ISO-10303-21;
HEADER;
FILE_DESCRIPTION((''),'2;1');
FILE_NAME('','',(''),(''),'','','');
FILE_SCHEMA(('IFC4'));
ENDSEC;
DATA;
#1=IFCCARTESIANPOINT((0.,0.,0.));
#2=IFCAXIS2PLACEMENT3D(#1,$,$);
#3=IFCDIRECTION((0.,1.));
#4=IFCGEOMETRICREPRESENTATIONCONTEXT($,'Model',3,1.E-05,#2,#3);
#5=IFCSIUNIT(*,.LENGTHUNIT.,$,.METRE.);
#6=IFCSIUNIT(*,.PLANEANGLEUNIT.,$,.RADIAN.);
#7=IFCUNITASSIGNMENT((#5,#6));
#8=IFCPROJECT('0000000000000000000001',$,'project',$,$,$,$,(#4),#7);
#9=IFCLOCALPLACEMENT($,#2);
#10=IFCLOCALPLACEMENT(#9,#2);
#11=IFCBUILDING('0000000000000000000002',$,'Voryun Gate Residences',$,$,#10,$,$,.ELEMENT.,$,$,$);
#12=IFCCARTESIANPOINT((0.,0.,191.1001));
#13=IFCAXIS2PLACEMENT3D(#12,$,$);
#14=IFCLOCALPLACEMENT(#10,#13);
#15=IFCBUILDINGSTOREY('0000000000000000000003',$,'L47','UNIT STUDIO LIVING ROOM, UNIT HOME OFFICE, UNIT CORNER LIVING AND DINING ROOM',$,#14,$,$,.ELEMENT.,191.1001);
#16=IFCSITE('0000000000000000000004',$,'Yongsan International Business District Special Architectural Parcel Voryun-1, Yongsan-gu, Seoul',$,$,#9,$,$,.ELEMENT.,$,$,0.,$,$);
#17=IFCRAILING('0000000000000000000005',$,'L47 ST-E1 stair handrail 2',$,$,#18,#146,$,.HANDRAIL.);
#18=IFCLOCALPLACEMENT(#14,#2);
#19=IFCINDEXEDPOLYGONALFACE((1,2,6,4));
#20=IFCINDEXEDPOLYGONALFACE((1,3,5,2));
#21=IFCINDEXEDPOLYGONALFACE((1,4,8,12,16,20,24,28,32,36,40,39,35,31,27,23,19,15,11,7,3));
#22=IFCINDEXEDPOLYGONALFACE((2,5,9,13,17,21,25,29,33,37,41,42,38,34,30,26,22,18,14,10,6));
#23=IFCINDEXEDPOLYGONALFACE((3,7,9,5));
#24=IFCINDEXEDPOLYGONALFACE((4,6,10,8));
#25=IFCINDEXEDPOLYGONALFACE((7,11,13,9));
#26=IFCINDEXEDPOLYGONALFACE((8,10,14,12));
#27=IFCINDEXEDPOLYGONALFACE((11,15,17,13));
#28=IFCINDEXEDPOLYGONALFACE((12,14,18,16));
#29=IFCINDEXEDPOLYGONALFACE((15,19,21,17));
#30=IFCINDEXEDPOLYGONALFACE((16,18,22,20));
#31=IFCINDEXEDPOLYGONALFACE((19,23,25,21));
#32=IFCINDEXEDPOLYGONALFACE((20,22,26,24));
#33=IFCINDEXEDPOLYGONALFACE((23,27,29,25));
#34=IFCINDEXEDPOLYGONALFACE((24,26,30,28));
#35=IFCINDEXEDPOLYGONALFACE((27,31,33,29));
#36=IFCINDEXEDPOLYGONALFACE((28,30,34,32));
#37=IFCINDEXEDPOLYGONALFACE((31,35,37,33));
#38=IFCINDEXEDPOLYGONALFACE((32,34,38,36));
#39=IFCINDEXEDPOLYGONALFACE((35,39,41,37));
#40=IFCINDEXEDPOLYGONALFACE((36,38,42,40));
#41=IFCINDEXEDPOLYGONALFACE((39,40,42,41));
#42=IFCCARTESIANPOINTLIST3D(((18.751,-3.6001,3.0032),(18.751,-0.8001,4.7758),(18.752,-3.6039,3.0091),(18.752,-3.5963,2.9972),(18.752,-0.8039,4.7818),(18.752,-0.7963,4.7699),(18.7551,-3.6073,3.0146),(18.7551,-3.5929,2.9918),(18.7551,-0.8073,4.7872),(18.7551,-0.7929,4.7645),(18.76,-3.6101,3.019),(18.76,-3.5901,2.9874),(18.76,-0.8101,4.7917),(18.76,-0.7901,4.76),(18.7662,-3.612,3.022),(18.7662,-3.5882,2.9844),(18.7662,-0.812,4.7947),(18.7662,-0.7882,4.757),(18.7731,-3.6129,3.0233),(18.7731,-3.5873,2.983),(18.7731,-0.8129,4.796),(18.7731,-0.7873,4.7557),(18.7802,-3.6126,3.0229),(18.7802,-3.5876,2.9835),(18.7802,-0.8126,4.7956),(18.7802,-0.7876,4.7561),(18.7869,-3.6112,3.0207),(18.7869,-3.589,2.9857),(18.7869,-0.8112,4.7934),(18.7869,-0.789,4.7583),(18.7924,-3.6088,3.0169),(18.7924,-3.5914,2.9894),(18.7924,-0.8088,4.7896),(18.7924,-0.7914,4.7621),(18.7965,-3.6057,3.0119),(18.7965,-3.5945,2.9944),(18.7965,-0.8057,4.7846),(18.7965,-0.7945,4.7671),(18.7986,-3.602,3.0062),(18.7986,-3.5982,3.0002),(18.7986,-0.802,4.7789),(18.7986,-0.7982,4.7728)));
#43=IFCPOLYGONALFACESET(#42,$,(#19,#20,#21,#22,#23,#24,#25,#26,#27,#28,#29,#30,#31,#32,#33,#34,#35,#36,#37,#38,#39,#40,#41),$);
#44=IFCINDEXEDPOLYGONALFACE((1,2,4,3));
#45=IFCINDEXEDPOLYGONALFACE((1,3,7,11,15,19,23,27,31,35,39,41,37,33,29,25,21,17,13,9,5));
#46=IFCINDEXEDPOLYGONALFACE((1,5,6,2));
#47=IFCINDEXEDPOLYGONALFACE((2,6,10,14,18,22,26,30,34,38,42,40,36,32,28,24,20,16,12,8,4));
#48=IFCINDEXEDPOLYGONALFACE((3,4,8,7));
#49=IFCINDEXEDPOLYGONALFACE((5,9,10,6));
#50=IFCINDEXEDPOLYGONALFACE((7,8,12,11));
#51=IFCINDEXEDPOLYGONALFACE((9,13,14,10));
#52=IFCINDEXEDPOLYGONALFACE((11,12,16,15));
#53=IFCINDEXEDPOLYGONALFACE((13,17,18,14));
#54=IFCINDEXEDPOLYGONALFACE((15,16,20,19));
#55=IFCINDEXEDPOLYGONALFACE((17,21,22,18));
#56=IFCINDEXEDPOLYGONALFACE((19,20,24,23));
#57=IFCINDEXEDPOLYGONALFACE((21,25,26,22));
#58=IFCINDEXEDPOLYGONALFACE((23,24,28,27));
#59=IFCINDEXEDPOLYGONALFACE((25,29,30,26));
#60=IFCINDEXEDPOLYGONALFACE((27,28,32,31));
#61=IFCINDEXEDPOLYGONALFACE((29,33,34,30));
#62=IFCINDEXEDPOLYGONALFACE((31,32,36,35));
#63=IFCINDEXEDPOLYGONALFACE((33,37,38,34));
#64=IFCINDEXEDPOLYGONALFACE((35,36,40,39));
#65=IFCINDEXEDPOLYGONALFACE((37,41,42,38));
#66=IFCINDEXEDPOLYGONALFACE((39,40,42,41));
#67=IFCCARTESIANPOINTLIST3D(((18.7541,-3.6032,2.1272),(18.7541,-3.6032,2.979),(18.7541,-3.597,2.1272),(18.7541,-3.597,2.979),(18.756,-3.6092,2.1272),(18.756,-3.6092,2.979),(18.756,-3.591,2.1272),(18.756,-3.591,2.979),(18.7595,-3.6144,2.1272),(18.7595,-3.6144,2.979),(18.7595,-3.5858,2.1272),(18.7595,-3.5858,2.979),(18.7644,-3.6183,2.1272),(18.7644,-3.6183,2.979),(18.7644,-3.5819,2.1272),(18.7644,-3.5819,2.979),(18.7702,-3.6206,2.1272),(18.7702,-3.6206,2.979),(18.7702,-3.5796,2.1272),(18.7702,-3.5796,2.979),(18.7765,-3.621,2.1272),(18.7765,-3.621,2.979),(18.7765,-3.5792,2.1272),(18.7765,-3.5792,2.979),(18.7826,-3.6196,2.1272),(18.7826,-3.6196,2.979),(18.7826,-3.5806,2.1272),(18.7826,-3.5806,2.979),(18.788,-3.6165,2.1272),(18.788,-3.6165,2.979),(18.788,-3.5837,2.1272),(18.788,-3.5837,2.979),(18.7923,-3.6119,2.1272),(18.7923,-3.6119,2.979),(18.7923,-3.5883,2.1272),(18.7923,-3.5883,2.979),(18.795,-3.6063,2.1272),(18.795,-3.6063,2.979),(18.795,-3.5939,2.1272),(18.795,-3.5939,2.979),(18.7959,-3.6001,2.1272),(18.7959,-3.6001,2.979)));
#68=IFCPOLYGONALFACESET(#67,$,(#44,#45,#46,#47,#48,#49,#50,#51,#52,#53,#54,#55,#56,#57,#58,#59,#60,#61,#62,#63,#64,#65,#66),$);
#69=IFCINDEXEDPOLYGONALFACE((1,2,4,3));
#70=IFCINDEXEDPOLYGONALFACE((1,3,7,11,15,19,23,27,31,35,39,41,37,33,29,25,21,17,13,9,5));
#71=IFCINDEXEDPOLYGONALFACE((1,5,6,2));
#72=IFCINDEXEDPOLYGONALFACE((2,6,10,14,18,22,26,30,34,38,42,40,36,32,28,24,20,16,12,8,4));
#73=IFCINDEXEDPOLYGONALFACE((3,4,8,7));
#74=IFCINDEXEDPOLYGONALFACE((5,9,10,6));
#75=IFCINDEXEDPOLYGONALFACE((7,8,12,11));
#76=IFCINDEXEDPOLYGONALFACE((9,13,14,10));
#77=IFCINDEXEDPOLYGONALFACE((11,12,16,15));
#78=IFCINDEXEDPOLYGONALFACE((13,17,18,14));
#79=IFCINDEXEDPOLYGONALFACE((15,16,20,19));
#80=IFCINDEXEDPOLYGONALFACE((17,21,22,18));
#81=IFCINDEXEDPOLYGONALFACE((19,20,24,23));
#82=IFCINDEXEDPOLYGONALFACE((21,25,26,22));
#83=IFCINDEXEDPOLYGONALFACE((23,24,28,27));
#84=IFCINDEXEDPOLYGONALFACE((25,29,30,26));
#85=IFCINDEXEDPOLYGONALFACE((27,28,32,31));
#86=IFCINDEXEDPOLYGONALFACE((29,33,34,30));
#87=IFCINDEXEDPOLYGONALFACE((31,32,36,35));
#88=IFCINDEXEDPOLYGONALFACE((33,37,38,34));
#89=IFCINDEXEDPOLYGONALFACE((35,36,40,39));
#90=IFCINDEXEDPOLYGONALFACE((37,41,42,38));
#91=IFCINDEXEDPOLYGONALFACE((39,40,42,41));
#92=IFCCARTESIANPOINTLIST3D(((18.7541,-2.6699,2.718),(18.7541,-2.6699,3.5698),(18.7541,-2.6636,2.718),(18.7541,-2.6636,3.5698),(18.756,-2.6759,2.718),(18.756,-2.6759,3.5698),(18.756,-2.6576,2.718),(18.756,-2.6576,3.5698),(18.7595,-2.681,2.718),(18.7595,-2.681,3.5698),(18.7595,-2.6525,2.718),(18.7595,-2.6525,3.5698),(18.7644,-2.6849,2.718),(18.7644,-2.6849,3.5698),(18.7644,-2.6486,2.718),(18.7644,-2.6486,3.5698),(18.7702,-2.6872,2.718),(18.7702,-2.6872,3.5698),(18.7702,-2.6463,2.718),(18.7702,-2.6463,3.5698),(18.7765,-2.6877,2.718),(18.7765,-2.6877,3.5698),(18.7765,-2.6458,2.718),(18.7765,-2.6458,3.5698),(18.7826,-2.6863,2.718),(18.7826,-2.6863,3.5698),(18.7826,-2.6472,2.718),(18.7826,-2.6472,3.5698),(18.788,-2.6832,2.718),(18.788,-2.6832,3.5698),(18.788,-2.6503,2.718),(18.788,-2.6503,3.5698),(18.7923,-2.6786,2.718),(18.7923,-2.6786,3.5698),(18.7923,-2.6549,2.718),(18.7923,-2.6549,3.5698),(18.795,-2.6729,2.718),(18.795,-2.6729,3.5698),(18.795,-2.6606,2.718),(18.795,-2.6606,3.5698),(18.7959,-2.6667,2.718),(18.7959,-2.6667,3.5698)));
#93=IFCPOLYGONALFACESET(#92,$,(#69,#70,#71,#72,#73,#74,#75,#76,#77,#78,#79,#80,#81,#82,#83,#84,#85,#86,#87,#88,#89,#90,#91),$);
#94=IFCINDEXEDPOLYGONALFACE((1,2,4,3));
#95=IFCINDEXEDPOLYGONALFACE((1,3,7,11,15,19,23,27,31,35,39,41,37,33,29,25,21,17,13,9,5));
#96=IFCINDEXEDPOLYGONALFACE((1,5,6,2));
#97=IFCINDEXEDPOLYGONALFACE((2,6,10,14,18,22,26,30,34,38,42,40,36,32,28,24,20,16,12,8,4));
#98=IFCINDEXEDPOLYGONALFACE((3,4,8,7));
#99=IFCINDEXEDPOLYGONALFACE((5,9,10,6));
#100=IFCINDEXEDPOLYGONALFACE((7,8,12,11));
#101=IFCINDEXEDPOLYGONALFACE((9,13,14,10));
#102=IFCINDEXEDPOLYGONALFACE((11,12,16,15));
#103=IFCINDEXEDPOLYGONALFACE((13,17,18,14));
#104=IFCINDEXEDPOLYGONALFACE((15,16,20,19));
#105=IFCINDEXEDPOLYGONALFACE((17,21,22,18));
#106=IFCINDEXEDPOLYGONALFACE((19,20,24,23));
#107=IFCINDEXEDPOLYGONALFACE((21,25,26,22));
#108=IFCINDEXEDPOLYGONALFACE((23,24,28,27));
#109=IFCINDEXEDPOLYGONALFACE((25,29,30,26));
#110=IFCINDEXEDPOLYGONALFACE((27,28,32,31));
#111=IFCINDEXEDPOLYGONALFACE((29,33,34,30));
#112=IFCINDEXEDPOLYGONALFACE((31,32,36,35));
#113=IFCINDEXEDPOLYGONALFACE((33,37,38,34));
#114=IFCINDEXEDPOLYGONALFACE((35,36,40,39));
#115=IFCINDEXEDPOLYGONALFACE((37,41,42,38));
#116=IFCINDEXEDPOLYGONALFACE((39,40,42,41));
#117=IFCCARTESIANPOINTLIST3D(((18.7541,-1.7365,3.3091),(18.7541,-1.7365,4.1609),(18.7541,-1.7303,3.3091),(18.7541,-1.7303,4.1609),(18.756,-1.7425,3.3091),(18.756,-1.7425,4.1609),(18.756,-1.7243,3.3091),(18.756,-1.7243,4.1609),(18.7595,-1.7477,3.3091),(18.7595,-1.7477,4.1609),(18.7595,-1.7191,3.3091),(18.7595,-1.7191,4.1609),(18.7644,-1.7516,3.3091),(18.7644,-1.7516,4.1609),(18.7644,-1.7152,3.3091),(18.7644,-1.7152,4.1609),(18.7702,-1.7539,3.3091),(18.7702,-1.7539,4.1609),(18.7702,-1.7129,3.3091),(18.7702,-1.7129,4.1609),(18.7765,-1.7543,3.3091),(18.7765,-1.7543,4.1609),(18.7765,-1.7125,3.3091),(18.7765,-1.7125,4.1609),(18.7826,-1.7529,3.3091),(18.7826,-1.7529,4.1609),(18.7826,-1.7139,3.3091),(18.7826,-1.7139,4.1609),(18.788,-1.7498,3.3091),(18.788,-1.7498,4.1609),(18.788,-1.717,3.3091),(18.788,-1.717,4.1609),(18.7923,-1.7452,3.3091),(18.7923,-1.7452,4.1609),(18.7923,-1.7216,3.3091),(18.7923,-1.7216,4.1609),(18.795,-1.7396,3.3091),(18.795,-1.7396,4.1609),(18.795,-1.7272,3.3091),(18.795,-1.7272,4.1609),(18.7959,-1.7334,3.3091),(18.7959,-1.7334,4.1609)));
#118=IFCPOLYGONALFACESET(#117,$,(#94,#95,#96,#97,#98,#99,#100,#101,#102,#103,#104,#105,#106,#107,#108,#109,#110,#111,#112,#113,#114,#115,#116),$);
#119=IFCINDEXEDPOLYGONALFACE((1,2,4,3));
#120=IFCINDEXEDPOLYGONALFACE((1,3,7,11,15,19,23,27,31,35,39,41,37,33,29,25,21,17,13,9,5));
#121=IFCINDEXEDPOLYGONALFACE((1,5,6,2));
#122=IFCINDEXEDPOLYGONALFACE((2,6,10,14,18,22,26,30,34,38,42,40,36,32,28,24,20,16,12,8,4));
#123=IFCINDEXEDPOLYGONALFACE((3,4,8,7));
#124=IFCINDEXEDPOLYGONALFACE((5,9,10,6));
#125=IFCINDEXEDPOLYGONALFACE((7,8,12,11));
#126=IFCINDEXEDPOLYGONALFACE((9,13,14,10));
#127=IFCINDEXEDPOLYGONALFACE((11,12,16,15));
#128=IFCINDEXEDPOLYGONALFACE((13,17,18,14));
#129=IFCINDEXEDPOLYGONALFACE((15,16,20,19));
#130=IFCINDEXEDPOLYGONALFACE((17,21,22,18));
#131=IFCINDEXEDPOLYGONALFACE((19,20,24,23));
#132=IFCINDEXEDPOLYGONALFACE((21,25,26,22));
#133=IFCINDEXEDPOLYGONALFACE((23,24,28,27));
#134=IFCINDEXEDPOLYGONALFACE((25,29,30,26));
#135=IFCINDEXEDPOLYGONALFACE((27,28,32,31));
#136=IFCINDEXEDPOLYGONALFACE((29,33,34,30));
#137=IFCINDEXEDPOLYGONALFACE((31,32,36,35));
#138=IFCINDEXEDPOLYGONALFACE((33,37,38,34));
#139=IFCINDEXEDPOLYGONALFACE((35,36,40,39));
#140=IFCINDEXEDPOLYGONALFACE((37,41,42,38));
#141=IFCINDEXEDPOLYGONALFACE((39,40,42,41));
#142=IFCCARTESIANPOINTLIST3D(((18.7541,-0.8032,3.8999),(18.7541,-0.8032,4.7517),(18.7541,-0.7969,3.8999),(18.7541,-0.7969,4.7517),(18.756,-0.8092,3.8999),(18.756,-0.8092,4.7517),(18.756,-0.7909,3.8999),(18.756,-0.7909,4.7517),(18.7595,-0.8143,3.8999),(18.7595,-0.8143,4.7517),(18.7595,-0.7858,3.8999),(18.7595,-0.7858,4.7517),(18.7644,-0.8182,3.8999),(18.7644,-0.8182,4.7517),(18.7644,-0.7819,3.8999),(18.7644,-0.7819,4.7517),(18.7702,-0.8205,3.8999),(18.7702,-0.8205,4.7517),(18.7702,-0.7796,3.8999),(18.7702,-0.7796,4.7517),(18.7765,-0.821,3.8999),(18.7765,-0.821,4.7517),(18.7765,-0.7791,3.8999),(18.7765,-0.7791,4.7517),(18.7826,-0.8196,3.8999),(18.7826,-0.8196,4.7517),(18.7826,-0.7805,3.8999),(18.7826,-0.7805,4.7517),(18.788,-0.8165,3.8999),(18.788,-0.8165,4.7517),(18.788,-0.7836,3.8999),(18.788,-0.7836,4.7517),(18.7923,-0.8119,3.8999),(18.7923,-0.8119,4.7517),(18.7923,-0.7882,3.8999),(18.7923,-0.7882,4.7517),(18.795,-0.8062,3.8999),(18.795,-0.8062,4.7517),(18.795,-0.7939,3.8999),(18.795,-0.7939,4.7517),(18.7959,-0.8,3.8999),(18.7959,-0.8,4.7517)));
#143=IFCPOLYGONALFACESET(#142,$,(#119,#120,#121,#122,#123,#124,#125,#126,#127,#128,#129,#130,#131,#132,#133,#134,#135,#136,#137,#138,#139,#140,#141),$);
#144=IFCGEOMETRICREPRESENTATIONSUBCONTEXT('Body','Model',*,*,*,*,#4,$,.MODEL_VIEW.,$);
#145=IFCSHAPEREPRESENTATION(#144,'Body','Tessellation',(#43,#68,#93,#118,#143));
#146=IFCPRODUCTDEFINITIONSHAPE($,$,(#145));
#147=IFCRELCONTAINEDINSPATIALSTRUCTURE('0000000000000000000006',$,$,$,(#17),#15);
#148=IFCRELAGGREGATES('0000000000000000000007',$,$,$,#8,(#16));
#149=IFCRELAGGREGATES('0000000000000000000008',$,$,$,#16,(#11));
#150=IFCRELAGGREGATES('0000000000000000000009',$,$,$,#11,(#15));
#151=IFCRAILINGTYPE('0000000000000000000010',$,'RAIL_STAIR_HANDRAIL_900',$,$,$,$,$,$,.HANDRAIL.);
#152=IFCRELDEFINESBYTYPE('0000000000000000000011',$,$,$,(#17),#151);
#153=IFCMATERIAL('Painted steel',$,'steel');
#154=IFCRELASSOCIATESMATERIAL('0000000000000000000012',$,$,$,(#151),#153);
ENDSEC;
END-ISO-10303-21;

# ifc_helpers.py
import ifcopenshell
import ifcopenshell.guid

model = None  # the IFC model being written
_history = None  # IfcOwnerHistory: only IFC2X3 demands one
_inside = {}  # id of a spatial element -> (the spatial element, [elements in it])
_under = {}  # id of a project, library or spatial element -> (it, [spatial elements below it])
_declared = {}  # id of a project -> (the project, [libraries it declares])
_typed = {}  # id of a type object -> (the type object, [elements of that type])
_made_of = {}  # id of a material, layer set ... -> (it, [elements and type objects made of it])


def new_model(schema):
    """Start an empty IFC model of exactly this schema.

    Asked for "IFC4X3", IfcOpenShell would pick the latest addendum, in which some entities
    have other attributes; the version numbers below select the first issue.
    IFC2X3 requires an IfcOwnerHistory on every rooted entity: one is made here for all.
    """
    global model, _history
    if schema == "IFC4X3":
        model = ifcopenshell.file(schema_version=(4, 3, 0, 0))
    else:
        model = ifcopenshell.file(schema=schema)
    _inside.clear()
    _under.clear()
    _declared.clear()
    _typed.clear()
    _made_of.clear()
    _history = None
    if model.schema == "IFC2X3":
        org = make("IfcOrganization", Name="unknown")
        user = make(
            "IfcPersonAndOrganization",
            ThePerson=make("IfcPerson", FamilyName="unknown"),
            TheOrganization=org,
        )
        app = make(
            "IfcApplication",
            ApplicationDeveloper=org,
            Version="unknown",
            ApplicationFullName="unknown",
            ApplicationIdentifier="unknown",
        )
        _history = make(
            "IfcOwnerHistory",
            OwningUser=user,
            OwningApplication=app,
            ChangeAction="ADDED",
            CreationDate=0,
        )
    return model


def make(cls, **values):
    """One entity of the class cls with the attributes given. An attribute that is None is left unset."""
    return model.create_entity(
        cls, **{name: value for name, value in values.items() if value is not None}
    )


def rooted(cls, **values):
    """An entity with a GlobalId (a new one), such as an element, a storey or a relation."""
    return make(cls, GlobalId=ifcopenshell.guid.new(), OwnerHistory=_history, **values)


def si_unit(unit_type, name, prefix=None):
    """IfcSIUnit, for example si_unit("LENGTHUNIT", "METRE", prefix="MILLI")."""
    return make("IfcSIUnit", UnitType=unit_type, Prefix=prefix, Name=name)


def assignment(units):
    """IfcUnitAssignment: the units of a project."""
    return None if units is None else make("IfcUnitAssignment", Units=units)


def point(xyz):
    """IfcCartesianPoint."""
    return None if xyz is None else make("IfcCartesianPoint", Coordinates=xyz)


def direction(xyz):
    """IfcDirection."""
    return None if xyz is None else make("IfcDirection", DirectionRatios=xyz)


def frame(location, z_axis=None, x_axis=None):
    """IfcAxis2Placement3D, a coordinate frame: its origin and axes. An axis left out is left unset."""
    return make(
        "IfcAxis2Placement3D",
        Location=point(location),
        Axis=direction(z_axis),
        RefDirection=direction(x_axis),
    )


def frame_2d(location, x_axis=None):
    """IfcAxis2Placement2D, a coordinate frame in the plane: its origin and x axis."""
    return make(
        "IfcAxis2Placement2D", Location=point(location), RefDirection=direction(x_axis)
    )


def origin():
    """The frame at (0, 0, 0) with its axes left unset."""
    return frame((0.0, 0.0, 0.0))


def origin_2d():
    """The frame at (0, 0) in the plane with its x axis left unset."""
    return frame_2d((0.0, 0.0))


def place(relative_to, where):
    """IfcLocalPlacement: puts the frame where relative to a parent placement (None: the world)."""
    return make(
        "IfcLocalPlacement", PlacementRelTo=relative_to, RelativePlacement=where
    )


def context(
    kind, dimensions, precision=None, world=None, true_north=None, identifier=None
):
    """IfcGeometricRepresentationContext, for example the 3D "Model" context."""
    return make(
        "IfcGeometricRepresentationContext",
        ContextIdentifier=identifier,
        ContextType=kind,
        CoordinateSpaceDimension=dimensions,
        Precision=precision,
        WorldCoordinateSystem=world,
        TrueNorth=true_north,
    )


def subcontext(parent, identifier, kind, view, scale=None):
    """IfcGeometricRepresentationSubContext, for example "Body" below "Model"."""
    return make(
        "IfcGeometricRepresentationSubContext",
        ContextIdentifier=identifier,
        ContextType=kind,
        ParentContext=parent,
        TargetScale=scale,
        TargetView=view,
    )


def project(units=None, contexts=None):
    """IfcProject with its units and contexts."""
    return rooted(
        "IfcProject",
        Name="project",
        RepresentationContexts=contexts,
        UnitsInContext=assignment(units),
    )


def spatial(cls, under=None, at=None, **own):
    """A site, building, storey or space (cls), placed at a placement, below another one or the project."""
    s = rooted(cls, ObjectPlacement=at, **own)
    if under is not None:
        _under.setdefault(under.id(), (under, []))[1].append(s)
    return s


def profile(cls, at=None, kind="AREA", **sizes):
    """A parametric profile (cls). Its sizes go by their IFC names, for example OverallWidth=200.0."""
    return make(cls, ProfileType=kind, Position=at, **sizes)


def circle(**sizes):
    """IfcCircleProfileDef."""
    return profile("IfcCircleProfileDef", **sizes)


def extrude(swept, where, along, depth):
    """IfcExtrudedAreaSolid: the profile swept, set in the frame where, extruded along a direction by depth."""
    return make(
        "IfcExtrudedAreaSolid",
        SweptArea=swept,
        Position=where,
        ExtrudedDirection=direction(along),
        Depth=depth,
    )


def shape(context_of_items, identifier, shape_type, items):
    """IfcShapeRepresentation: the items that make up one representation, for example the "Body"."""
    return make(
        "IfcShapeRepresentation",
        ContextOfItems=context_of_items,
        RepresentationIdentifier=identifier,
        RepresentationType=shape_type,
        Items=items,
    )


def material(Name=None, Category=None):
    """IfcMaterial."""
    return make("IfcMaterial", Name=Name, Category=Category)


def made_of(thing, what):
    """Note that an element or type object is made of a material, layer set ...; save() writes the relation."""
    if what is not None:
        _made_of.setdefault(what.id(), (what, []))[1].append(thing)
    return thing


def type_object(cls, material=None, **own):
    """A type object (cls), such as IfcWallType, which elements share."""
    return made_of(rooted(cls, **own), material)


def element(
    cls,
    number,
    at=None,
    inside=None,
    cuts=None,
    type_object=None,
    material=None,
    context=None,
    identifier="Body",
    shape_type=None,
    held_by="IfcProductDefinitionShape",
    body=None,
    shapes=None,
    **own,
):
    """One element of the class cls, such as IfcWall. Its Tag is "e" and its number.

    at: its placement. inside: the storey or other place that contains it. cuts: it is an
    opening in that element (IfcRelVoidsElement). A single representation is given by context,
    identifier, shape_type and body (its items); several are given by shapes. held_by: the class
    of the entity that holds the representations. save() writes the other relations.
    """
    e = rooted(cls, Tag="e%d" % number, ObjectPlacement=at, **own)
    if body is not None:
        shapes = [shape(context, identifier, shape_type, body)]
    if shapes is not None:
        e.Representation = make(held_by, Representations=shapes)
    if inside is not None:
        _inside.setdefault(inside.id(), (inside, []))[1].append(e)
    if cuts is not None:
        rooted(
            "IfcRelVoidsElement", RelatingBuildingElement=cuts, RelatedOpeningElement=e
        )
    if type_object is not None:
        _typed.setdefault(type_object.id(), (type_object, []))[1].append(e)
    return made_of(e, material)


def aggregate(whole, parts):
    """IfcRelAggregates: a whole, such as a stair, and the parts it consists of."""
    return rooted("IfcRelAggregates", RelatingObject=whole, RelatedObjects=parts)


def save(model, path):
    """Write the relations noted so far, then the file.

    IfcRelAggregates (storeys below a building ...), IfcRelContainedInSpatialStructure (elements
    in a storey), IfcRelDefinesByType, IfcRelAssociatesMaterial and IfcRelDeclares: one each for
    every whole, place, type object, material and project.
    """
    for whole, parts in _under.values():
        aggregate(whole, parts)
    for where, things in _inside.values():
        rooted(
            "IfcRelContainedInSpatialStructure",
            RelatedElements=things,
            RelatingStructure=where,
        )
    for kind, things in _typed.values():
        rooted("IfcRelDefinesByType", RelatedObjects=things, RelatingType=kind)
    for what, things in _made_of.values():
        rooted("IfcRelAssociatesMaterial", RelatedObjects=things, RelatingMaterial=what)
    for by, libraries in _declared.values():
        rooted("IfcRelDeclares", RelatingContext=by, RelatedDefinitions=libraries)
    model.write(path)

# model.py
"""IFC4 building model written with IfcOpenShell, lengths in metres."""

from ifc_helpers import new_model, si_unit, direction, frame, origin, origin_2d, place, context, subcontext, project, spatial, circle, extrude, material, type_object, element, save


model = new_model("IFC4")

# Units and contexts
model_context = context("Model", 3, precision=1e-05, world=origin(), true_north=direction((0.0, 1.0)))
body_context = subcontext(model_context, "Body", "Model", "MODEL_VIEW")
ifc_project = project(units=[si_unit("LENGTHUNIT", "METRE"), si_unit("PLANEANGLEUNIT", "RADIAN")], contexts=[model_context])

# Site, building, storey
site_placement = place(None, origin())
site = spatial("IfcSite", under=ifc_project, at=site_placement, Name="Yongsan International Business District Special Architectural Parcel Voryun-1, Yongsan-gu, Seoul", CompositionType="ELEMENT", RefElevation=0.0)
building_placement = place(site_placement, origin())
building = spatial("IfcBuilding", under=site, at=building_placement, Name="Voryun Gate Residences", CompositionType="ELEMENT")
storey_placement = place(building_placement, frame((0.0, 0.0, 191.1001)))
storey = spatial("IfcBuildingStorey", under=building, at=storey_placement, Name="L47", Description="UNIT STUDIO LIVING ROOM, UNIT HOME OFFICE, UNIT CORNER LIVING AND DINING ROOM", CompositionType="ELEMENT", Elevation=191.1001)

# Railing
ifc_material_1 = material(Name="Painted steel", Category="steel")
railing_type_1 = type_object("IfcRailingType", Name="RAIL_STAIR_HANDRAIL_900", PredefinedType="HANDRAIL", material=ifc_material_1)
railing_1_placement = place(storey_placement, frame((18.7749, -3.6001, 2.1272)))
element("IfcRailing", 1, at=railing_1_placement, inside=storey, type_object=railing_type_1, Name="L47 ST-E1 stair handrail 2", PredefinedType="HANDRAIL", context=body_context, shape_type="SweptSolid", body=[
    extrude(circle(Radius=0.0239, at=origin_2d()), frame((0.0, 0.0, 0.876), z_axis=(0.0, 0.844909, 0.53491), x_axis=(-1.0, 0.0, 0.0)), (0.0, 0.0, 1.0), 3.314),
    extrude(circle(Radius=0.021, at=origin_2d()), origin(), (0.0, 0.0, 1.0), 0.8518),
    extrude(circle(Radius=0.021, at=origin_2d()), frame((0.0, 0.9333, 0.5908)), (0.0, 0.0, 1.0), 0.8518),
    extrude(circle(Radius=0.021, at=origin_2d()), frame((0.0, 1.8667, 1.1819)), (0.0, 0.0, 1.0), 0.8518),
    extrude(circle(Radius=0.021, at=origin_2d()), frame((0.0, 2.8, 1.7727)), (0.0, 0.0, 1.0), 0.8518),
])

save(model, "model.ifc")
